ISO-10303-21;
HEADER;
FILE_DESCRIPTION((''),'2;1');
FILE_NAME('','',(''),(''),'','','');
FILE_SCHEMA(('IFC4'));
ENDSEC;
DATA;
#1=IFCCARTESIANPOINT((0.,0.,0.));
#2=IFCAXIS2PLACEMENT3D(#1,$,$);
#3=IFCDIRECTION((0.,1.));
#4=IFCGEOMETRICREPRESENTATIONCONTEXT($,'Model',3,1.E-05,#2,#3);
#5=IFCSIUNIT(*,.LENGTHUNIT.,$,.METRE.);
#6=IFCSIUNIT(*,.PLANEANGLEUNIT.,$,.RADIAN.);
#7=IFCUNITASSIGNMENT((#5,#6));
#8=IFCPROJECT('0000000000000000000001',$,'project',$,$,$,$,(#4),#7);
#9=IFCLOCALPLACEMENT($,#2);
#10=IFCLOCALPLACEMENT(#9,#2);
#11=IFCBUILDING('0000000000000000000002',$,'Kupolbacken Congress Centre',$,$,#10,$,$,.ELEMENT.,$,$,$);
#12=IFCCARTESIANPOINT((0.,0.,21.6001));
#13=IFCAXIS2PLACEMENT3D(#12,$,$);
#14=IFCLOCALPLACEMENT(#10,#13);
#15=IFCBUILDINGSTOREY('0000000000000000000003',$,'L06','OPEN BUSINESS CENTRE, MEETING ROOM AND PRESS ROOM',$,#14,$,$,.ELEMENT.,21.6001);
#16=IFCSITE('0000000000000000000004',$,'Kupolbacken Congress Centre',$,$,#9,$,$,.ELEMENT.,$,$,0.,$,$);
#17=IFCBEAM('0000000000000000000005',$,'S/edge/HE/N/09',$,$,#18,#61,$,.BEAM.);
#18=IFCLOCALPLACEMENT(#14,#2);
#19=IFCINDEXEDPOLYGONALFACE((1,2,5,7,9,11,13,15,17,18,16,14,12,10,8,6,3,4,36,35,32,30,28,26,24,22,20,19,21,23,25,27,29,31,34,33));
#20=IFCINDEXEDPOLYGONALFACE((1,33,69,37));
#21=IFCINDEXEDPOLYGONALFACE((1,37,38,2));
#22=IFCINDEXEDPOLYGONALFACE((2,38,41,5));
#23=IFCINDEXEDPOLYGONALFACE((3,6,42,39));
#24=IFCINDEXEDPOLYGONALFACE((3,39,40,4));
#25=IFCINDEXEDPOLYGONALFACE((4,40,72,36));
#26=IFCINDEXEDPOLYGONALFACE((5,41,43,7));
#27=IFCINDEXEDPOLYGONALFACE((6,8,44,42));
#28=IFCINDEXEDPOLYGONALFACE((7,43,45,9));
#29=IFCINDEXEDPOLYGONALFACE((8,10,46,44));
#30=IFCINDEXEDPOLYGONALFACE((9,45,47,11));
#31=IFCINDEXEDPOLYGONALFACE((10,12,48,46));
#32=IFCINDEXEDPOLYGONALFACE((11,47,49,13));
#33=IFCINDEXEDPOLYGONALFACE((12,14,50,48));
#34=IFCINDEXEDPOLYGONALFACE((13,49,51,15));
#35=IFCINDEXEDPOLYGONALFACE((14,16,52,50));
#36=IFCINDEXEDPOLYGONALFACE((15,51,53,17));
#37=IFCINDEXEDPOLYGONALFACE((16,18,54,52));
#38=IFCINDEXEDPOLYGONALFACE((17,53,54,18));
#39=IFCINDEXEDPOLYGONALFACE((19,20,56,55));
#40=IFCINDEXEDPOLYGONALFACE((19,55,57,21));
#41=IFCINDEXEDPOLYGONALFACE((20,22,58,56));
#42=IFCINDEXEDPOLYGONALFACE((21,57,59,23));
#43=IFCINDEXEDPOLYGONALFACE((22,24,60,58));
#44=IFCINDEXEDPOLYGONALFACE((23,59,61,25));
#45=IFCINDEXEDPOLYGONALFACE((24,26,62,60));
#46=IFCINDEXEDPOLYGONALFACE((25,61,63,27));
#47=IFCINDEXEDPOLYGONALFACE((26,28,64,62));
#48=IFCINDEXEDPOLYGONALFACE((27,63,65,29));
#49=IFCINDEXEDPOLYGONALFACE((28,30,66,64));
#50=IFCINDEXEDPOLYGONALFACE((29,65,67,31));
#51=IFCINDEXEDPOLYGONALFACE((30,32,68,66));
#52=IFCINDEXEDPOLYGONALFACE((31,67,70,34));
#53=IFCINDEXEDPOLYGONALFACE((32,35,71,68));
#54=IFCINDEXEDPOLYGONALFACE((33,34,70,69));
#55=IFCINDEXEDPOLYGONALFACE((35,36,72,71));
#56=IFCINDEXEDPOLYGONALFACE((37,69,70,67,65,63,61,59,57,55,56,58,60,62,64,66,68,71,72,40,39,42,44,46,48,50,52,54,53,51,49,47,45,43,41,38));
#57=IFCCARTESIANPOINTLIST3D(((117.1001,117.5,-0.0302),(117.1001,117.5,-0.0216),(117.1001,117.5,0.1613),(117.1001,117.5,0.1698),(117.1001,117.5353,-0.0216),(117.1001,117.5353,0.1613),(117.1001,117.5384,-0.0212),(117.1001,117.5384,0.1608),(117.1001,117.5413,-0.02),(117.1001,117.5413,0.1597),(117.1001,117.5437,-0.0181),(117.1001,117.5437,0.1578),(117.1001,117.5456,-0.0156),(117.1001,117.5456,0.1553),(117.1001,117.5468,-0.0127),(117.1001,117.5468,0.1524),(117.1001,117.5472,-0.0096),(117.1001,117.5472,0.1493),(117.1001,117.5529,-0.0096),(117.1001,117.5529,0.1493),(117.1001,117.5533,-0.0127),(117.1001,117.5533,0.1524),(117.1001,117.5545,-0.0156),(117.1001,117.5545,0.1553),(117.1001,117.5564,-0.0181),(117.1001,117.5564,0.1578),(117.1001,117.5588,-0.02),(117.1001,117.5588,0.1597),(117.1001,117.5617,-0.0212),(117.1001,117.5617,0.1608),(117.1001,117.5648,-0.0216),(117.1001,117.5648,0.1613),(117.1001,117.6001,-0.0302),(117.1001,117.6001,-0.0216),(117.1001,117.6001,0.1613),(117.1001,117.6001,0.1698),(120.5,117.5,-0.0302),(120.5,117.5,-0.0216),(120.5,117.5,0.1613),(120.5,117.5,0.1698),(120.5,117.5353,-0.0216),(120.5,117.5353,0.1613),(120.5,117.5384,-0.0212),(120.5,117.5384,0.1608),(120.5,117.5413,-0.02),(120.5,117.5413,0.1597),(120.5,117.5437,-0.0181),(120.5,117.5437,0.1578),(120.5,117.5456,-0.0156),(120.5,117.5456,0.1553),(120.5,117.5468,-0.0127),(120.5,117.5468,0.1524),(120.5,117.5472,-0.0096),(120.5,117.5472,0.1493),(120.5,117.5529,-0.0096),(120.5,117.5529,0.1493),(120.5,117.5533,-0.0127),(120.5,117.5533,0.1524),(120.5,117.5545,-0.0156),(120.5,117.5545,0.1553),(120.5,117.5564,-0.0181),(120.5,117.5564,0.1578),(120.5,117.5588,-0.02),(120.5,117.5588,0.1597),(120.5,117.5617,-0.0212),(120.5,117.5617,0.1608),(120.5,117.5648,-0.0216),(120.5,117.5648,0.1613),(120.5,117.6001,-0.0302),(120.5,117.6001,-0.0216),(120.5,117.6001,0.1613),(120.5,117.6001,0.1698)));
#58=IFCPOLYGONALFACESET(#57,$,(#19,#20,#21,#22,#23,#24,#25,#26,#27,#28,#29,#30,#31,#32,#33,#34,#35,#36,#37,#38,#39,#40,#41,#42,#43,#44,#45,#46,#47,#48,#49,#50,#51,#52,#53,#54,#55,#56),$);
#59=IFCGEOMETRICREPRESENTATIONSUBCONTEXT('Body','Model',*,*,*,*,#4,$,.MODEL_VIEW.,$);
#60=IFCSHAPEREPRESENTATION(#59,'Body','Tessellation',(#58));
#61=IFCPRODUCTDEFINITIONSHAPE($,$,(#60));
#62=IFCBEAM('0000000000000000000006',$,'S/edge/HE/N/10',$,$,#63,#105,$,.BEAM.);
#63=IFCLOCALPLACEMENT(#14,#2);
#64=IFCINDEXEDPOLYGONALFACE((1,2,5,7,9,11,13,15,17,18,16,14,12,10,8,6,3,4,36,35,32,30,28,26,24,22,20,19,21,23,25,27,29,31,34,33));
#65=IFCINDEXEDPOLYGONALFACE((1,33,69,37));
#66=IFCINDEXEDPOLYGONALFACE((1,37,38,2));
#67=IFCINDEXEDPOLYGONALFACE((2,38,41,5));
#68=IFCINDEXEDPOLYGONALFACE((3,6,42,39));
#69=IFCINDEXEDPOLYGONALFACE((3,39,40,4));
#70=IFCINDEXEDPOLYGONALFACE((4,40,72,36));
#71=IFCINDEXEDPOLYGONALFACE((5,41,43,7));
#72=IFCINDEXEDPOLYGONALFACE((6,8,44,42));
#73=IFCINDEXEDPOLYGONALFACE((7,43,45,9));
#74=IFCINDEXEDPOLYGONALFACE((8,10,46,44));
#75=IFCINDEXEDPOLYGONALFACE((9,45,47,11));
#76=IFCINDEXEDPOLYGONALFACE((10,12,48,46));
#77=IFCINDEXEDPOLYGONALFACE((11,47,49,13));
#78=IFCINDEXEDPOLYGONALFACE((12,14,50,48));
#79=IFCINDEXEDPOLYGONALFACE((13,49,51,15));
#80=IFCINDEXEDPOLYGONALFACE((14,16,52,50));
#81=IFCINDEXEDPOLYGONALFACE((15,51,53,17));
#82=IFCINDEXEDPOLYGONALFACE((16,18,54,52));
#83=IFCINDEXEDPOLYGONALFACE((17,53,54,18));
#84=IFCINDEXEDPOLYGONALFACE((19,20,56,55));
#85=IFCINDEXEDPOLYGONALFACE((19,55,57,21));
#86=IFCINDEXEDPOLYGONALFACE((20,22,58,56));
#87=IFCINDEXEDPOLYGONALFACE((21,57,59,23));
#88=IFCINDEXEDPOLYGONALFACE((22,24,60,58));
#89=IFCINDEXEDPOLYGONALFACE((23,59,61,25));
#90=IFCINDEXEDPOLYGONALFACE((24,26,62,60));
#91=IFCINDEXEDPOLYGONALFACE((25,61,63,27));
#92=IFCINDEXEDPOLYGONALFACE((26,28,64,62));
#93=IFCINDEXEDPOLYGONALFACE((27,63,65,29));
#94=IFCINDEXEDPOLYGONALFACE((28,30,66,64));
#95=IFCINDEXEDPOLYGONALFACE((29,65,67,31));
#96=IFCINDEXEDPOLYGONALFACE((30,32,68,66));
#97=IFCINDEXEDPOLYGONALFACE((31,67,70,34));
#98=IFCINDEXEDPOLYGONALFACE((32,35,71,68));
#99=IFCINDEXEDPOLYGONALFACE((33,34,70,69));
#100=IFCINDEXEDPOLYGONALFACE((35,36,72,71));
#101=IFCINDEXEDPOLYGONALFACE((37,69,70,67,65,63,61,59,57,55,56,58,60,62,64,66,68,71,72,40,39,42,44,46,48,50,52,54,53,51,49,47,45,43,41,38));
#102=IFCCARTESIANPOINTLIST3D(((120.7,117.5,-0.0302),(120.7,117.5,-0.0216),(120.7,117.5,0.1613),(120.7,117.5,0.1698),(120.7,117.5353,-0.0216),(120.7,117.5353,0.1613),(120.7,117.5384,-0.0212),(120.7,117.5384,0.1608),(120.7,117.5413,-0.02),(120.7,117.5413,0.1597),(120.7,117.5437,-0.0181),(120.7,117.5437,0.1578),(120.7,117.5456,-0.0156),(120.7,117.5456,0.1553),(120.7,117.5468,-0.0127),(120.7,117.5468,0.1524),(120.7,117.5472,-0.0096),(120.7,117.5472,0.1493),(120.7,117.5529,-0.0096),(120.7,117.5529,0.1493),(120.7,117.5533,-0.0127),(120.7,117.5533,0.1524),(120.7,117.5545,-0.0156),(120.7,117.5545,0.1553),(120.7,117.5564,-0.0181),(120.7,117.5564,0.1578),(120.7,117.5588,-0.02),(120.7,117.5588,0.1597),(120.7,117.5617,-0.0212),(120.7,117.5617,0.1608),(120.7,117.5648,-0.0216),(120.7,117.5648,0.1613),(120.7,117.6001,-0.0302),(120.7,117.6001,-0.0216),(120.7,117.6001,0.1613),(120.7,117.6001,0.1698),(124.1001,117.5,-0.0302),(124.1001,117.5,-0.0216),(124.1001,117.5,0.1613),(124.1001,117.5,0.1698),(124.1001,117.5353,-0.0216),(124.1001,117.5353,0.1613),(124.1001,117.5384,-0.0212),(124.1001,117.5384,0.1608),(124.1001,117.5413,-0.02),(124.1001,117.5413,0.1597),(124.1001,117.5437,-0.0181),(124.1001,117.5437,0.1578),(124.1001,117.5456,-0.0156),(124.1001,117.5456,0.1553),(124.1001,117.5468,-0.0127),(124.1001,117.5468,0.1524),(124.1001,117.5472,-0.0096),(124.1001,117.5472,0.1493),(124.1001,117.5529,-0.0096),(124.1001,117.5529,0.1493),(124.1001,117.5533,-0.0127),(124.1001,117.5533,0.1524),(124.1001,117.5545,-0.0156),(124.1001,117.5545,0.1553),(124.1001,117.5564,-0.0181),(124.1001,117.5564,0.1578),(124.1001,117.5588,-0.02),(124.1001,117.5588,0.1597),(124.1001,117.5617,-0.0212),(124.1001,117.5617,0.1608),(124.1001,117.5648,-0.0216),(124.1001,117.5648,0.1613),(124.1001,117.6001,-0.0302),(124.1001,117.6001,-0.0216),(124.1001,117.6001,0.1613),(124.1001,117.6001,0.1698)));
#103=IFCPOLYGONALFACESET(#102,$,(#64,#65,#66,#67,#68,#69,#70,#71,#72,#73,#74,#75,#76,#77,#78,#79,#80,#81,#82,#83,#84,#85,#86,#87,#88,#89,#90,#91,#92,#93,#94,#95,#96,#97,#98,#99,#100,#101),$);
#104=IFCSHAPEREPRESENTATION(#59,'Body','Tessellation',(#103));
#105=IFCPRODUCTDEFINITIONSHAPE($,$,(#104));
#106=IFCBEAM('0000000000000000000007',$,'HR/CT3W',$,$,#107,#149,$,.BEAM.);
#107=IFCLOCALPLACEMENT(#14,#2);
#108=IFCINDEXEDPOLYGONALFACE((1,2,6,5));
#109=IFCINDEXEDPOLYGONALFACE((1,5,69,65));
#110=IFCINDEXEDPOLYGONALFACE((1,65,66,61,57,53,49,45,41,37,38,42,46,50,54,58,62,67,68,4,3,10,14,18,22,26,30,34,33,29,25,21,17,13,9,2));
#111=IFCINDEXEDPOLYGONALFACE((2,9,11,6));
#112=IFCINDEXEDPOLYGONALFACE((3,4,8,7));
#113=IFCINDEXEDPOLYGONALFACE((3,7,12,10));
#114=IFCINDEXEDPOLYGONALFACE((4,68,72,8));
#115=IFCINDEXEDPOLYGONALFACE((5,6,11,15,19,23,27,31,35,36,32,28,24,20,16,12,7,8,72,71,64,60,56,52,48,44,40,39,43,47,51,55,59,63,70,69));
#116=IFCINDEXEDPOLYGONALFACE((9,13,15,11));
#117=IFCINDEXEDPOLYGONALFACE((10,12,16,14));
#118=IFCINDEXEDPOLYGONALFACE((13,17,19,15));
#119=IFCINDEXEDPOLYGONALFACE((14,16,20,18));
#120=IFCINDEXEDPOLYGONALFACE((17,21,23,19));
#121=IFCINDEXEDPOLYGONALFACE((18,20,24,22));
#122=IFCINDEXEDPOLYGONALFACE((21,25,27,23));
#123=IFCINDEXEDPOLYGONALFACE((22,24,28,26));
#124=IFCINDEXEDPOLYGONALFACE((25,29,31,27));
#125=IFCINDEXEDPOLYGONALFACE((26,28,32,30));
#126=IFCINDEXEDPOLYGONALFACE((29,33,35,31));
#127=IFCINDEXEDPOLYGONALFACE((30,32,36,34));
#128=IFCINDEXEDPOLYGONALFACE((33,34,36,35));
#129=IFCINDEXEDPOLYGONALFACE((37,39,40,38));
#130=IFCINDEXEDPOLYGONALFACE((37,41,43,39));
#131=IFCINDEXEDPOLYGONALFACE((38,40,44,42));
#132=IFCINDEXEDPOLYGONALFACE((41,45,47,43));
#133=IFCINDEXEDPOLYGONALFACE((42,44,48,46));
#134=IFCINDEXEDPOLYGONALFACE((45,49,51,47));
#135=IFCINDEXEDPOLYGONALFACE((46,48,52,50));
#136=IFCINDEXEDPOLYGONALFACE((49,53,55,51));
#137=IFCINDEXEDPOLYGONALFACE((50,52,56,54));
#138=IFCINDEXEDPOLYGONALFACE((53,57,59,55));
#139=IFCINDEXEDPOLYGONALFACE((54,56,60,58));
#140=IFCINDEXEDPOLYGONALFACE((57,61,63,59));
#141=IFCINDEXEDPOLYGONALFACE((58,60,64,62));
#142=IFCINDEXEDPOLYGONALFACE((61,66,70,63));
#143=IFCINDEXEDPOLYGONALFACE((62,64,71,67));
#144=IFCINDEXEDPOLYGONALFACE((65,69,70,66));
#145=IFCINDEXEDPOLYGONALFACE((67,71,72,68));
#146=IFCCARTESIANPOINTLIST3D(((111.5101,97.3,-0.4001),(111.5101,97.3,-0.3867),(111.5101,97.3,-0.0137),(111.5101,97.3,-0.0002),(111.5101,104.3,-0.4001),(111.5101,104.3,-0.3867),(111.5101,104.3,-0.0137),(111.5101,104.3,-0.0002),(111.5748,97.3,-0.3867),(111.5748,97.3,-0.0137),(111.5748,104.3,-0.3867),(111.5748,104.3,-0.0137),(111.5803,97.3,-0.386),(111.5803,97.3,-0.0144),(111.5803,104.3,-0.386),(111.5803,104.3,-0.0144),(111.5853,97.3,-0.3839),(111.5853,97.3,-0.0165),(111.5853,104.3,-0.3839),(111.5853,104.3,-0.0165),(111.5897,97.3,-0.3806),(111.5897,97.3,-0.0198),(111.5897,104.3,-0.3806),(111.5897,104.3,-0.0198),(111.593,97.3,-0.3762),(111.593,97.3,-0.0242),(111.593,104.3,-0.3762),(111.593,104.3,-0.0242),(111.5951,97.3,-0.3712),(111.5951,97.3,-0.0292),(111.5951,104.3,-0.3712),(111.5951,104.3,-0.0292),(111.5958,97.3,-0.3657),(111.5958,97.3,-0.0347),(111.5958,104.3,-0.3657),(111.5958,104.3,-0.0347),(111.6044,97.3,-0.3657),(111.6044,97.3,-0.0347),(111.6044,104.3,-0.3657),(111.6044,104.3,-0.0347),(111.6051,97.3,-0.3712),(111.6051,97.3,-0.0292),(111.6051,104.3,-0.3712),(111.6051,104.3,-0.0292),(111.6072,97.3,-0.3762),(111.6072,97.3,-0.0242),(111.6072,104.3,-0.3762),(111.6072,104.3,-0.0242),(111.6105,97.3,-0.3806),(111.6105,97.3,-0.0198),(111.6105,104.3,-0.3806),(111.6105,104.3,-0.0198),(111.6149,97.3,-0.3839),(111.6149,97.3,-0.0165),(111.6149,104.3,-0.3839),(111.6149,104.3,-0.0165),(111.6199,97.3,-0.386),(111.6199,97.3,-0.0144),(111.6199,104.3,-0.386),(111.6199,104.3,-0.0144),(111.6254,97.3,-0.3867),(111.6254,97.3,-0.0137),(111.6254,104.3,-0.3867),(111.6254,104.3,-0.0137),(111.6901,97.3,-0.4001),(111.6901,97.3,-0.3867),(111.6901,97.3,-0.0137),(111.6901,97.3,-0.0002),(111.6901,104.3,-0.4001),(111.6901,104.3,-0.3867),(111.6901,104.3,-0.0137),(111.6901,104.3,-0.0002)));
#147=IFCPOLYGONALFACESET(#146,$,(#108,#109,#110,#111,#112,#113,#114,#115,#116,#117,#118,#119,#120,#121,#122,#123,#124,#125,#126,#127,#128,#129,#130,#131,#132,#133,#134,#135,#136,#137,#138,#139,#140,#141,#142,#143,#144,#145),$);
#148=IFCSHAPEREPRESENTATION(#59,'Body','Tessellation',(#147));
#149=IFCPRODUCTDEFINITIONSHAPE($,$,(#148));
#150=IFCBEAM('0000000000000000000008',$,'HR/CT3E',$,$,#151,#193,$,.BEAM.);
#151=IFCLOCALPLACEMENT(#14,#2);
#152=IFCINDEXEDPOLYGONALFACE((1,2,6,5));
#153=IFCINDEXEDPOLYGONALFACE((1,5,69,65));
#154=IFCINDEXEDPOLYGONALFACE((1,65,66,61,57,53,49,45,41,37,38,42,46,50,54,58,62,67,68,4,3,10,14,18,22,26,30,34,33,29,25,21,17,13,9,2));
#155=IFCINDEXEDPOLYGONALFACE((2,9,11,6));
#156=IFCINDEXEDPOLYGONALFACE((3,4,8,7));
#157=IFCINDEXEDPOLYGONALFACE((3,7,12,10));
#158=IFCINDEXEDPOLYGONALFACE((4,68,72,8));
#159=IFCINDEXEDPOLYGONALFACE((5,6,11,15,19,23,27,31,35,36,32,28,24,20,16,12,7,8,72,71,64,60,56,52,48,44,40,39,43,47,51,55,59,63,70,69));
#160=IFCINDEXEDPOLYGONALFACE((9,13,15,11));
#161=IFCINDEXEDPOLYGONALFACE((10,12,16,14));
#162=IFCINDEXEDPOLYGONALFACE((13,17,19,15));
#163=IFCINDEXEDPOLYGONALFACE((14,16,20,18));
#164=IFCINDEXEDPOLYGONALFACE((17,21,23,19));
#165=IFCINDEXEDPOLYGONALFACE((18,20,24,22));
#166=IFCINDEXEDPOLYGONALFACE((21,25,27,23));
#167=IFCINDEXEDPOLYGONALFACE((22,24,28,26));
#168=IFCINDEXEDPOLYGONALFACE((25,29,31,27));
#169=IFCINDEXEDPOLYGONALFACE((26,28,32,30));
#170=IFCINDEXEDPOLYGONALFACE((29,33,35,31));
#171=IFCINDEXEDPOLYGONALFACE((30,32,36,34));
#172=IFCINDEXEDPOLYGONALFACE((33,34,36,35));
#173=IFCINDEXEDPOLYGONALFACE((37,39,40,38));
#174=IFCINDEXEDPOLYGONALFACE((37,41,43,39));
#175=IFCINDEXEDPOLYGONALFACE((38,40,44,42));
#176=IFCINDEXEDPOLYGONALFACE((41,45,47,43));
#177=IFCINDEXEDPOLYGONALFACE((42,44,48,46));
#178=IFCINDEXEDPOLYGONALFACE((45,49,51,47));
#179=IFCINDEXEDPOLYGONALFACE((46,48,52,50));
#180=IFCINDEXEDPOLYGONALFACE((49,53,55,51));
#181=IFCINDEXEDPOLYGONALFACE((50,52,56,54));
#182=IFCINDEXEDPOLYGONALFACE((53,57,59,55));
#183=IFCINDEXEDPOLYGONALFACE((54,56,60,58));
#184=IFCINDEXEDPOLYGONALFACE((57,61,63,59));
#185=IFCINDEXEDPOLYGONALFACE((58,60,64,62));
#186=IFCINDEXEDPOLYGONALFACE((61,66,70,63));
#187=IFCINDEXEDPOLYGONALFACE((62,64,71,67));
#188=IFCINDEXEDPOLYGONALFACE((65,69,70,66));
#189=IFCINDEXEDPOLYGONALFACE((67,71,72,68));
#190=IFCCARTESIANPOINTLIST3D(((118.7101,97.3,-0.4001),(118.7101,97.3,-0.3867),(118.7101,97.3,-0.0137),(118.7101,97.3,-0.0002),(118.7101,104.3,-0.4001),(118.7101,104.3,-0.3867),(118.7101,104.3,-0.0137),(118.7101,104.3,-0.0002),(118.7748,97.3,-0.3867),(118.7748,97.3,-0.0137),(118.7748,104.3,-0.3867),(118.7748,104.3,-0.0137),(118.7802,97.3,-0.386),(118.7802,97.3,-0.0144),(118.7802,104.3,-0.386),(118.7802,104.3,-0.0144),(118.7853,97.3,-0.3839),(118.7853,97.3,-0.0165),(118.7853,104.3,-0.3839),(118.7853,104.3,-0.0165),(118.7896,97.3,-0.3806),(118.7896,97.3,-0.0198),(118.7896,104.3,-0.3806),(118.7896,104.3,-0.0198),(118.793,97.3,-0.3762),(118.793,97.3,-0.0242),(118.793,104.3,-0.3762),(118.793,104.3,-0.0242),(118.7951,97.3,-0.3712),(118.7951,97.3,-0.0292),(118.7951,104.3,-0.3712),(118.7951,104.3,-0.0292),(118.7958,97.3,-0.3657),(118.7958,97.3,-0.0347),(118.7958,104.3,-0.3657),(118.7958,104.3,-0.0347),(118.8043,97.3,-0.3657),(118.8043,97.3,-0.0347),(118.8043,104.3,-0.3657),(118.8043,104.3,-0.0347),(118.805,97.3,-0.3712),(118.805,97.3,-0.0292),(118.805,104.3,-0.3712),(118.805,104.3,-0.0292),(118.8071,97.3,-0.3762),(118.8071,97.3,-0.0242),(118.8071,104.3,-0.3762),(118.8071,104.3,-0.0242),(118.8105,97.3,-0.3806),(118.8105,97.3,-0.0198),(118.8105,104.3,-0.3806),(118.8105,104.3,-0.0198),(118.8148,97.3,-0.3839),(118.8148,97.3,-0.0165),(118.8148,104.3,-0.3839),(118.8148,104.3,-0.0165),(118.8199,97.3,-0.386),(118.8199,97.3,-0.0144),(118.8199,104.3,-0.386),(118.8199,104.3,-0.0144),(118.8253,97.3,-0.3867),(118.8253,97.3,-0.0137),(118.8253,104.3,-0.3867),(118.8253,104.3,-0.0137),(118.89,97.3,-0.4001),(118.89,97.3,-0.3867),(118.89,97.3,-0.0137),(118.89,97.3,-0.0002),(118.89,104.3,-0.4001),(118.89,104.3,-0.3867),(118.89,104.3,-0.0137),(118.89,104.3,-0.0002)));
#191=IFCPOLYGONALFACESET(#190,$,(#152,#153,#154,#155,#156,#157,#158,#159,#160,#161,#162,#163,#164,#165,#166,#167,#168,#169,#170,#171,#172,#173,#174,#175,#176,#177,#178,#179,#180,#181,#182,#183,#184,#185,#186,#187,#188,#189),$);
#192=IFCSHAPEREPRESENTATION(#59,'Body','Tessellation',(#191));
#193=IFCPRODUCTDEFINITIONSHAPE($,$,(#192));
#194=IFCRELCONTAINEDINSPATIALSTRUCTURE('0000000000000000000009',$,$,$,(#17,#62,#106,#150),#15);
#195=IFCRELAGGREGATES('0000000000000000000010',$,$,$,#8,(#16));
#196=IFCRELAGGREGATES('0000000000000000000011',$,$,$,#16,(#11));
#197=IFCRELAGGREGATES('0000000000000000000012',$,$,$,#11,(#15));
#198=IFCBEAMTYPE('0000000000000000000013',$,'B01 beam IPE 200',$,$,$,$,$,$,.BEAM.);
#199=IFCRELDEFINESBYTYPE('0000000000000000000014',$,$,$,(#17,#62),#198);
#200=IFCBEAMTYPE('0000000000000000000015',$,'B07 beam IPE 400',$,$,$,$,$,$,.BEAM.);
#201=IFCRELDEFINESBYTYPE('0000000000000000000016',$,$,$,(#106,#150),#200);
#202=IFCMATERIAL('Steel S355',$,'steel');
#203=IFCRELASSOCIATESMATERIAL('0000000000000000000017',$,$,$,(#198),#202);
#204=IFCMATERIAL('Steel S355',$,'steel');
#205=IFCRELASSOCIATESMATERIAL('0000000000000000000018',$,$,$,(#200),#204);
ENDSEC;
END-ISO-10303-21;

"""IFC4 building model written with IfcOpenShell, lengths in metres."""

from ifc_helpers import new_model, si_unit, direction, frame, origin, origin_2d, place, context, subcontext, project, spatial, i_section, extrude, material, material_profile, profile_set, type_object, element, save


model = new_model("IFC4")

# Units and contexts
model_context = context("Model", 3, precision=1e-05, world=origin(), true_north=direction((0.0, 1.0)))
body_context = subcontext(model_context, "Body", "Model", "MODEL_VIEW")
ifc_project = project(units=[si_unit("LENGTHUNIT", "METRE"), si_unit("PLANEANGLEUNIT", "RADIAN")], contexts=[model_context])

# Site, building, storey
site_placement = place(None, origin())
site = spatial("IfcSite", under=ifc_project, at=site_placement, Name="Kupolbacken Congress Centre", CompositionType="ELEMENT", RefElevation=0.0)
building_placement = place(site_placement, origin())
building = spatial("IfcBuilding", under=site, at=building_placement, Name="Kupolbacken Congress Centre", CompositionType="ELEMENT")
storey_placement = place(building_placement, frame((0.0, 0.0, 21.6001)))
storey = spatial("IfcBuildingStorey", under=building, at=storey_placement, Name="L06", Description="OPEN BUSINESS CENTRE, MEETING ROOM AND PRESS ROOM", CompositionType="ELEMENT", Elevation=21.6001)

# Beams
ifc_material_1 = material(Name="Steel S355", Category="steel")
ifc_material_profile_1 = material_profile(ifc_material_1, i_section(OverallWidth=0.1001, OverallDepth=0.2, WebThickness=0.0056, FlangeThickness=0.0085, FilletRadius=0.012, at=origin_2d()), Name="IPE 200")
ifc_profile_set_1 = profile_set([ifc_material_profile_1], Name="Steel S355")
beam_type_1 = type_object("IfcBeamType", Name="B01 beam IPE 200", PredefinedType="BEAM", material=ifc_profile_set_1)
for number, where, z_axis, x_axis, name in (
    (1, (117.1001, 117.55, 0.0698), (1.0, 0.0, 0.0), (0.0, 1.0, 0.0), "S/edge/HE/N/09"),
):
    element("IfcBeam", number, at=place(storey_placement, frame(where, z_axis=z_axis, x_axis=x_axis)), inside=storey, type_object=beam_type_1, Name=name, PredefinedType="BEAM", context=body_context, shape_type="SweptSolid", body=[
        extrude(i_section(OverallWidth=0.1001, OverallDepth=0.2, WebThickness=0.0056, FlangeThickness=0.0085, FilletRadius=0.012, at=origin_2d()), origin(), (0.0, 0.0, 1.0), 3.3999),
    ])
beam_1_placement = place(storey_placement, frame((120.7, 117.55, 0.0698), z_axis=(1.0, 0.0, 0.0), x_axis=(0.0, 1.0, 0.0)))
element("IfcBeam", 2, at=beam_1_placement, inside=storey, type_object=beam_type_1, Name="S/edge/HE/N/10", PredefinedType="BEAM", context=body_context, shape_type="SweptSolid", body=[
    extrude(i_section(OverallWidth=0.1001, OverallDepth=0.2, WebThickness=0.0056, FlangeThickness=0.0085, FilletRadius=0.012, at=origin_2d()), origin(), (0.0, 0.0, 1.0), 3.4001),
])
ifc_material_2 = material(Name="Steel S355", Category="steel")
ifc_material_profile_2 = material_profile(ifc_material_2, i_section(OverallWidth=0.1799, OverallDepth=0.3999, WebThickness=0.0085, FlangeThickness=0.0134, FilletRadius=0.021, at=origin_2d()), Name="IPE 400")
ifc_profile_set_2 = profile_set([ifc_material_profile_2], Name="Steel S355")
beam_type_2 = type_object("IfcBeamType", Name="B07 beam IPE 400", PredefinedType="BEAM", material=ifc_profile_set_2)
for number, where, z_axis, x_axis, name in (
    (3, (111.6001, 97.3, -0.2002), (0.0, 1.0, 0.0), (-1.0, 0.0, 0.0), "HR/CT3W"),
    (4, (118.8, 97.3, -0.2002), (0.0, 1.0, 0.0), (-1.0, 0.0, 0.0), "HR/CT3E"),
):
    element("IfcBeam", number, at=place(storey_placement, frame(where, z_axis=z_axis, x_axis=x_axis)), inside=storey, type_object=beam_type_2, Name=name, PredefinedType="BEAM", context=body_context, shape_type="SweptSolid", body=[
        extrude(i_section(OverallWidth=0.1799, OverallDepth=0.3999, WebThickness=0.0085, FlangeThickness=0.0134, FilletRadius=0.021, at=origin_2d()), origin(), (0.0, 0.0, 1.0), 7.0),
    ])

save(model, "model.ifc")
